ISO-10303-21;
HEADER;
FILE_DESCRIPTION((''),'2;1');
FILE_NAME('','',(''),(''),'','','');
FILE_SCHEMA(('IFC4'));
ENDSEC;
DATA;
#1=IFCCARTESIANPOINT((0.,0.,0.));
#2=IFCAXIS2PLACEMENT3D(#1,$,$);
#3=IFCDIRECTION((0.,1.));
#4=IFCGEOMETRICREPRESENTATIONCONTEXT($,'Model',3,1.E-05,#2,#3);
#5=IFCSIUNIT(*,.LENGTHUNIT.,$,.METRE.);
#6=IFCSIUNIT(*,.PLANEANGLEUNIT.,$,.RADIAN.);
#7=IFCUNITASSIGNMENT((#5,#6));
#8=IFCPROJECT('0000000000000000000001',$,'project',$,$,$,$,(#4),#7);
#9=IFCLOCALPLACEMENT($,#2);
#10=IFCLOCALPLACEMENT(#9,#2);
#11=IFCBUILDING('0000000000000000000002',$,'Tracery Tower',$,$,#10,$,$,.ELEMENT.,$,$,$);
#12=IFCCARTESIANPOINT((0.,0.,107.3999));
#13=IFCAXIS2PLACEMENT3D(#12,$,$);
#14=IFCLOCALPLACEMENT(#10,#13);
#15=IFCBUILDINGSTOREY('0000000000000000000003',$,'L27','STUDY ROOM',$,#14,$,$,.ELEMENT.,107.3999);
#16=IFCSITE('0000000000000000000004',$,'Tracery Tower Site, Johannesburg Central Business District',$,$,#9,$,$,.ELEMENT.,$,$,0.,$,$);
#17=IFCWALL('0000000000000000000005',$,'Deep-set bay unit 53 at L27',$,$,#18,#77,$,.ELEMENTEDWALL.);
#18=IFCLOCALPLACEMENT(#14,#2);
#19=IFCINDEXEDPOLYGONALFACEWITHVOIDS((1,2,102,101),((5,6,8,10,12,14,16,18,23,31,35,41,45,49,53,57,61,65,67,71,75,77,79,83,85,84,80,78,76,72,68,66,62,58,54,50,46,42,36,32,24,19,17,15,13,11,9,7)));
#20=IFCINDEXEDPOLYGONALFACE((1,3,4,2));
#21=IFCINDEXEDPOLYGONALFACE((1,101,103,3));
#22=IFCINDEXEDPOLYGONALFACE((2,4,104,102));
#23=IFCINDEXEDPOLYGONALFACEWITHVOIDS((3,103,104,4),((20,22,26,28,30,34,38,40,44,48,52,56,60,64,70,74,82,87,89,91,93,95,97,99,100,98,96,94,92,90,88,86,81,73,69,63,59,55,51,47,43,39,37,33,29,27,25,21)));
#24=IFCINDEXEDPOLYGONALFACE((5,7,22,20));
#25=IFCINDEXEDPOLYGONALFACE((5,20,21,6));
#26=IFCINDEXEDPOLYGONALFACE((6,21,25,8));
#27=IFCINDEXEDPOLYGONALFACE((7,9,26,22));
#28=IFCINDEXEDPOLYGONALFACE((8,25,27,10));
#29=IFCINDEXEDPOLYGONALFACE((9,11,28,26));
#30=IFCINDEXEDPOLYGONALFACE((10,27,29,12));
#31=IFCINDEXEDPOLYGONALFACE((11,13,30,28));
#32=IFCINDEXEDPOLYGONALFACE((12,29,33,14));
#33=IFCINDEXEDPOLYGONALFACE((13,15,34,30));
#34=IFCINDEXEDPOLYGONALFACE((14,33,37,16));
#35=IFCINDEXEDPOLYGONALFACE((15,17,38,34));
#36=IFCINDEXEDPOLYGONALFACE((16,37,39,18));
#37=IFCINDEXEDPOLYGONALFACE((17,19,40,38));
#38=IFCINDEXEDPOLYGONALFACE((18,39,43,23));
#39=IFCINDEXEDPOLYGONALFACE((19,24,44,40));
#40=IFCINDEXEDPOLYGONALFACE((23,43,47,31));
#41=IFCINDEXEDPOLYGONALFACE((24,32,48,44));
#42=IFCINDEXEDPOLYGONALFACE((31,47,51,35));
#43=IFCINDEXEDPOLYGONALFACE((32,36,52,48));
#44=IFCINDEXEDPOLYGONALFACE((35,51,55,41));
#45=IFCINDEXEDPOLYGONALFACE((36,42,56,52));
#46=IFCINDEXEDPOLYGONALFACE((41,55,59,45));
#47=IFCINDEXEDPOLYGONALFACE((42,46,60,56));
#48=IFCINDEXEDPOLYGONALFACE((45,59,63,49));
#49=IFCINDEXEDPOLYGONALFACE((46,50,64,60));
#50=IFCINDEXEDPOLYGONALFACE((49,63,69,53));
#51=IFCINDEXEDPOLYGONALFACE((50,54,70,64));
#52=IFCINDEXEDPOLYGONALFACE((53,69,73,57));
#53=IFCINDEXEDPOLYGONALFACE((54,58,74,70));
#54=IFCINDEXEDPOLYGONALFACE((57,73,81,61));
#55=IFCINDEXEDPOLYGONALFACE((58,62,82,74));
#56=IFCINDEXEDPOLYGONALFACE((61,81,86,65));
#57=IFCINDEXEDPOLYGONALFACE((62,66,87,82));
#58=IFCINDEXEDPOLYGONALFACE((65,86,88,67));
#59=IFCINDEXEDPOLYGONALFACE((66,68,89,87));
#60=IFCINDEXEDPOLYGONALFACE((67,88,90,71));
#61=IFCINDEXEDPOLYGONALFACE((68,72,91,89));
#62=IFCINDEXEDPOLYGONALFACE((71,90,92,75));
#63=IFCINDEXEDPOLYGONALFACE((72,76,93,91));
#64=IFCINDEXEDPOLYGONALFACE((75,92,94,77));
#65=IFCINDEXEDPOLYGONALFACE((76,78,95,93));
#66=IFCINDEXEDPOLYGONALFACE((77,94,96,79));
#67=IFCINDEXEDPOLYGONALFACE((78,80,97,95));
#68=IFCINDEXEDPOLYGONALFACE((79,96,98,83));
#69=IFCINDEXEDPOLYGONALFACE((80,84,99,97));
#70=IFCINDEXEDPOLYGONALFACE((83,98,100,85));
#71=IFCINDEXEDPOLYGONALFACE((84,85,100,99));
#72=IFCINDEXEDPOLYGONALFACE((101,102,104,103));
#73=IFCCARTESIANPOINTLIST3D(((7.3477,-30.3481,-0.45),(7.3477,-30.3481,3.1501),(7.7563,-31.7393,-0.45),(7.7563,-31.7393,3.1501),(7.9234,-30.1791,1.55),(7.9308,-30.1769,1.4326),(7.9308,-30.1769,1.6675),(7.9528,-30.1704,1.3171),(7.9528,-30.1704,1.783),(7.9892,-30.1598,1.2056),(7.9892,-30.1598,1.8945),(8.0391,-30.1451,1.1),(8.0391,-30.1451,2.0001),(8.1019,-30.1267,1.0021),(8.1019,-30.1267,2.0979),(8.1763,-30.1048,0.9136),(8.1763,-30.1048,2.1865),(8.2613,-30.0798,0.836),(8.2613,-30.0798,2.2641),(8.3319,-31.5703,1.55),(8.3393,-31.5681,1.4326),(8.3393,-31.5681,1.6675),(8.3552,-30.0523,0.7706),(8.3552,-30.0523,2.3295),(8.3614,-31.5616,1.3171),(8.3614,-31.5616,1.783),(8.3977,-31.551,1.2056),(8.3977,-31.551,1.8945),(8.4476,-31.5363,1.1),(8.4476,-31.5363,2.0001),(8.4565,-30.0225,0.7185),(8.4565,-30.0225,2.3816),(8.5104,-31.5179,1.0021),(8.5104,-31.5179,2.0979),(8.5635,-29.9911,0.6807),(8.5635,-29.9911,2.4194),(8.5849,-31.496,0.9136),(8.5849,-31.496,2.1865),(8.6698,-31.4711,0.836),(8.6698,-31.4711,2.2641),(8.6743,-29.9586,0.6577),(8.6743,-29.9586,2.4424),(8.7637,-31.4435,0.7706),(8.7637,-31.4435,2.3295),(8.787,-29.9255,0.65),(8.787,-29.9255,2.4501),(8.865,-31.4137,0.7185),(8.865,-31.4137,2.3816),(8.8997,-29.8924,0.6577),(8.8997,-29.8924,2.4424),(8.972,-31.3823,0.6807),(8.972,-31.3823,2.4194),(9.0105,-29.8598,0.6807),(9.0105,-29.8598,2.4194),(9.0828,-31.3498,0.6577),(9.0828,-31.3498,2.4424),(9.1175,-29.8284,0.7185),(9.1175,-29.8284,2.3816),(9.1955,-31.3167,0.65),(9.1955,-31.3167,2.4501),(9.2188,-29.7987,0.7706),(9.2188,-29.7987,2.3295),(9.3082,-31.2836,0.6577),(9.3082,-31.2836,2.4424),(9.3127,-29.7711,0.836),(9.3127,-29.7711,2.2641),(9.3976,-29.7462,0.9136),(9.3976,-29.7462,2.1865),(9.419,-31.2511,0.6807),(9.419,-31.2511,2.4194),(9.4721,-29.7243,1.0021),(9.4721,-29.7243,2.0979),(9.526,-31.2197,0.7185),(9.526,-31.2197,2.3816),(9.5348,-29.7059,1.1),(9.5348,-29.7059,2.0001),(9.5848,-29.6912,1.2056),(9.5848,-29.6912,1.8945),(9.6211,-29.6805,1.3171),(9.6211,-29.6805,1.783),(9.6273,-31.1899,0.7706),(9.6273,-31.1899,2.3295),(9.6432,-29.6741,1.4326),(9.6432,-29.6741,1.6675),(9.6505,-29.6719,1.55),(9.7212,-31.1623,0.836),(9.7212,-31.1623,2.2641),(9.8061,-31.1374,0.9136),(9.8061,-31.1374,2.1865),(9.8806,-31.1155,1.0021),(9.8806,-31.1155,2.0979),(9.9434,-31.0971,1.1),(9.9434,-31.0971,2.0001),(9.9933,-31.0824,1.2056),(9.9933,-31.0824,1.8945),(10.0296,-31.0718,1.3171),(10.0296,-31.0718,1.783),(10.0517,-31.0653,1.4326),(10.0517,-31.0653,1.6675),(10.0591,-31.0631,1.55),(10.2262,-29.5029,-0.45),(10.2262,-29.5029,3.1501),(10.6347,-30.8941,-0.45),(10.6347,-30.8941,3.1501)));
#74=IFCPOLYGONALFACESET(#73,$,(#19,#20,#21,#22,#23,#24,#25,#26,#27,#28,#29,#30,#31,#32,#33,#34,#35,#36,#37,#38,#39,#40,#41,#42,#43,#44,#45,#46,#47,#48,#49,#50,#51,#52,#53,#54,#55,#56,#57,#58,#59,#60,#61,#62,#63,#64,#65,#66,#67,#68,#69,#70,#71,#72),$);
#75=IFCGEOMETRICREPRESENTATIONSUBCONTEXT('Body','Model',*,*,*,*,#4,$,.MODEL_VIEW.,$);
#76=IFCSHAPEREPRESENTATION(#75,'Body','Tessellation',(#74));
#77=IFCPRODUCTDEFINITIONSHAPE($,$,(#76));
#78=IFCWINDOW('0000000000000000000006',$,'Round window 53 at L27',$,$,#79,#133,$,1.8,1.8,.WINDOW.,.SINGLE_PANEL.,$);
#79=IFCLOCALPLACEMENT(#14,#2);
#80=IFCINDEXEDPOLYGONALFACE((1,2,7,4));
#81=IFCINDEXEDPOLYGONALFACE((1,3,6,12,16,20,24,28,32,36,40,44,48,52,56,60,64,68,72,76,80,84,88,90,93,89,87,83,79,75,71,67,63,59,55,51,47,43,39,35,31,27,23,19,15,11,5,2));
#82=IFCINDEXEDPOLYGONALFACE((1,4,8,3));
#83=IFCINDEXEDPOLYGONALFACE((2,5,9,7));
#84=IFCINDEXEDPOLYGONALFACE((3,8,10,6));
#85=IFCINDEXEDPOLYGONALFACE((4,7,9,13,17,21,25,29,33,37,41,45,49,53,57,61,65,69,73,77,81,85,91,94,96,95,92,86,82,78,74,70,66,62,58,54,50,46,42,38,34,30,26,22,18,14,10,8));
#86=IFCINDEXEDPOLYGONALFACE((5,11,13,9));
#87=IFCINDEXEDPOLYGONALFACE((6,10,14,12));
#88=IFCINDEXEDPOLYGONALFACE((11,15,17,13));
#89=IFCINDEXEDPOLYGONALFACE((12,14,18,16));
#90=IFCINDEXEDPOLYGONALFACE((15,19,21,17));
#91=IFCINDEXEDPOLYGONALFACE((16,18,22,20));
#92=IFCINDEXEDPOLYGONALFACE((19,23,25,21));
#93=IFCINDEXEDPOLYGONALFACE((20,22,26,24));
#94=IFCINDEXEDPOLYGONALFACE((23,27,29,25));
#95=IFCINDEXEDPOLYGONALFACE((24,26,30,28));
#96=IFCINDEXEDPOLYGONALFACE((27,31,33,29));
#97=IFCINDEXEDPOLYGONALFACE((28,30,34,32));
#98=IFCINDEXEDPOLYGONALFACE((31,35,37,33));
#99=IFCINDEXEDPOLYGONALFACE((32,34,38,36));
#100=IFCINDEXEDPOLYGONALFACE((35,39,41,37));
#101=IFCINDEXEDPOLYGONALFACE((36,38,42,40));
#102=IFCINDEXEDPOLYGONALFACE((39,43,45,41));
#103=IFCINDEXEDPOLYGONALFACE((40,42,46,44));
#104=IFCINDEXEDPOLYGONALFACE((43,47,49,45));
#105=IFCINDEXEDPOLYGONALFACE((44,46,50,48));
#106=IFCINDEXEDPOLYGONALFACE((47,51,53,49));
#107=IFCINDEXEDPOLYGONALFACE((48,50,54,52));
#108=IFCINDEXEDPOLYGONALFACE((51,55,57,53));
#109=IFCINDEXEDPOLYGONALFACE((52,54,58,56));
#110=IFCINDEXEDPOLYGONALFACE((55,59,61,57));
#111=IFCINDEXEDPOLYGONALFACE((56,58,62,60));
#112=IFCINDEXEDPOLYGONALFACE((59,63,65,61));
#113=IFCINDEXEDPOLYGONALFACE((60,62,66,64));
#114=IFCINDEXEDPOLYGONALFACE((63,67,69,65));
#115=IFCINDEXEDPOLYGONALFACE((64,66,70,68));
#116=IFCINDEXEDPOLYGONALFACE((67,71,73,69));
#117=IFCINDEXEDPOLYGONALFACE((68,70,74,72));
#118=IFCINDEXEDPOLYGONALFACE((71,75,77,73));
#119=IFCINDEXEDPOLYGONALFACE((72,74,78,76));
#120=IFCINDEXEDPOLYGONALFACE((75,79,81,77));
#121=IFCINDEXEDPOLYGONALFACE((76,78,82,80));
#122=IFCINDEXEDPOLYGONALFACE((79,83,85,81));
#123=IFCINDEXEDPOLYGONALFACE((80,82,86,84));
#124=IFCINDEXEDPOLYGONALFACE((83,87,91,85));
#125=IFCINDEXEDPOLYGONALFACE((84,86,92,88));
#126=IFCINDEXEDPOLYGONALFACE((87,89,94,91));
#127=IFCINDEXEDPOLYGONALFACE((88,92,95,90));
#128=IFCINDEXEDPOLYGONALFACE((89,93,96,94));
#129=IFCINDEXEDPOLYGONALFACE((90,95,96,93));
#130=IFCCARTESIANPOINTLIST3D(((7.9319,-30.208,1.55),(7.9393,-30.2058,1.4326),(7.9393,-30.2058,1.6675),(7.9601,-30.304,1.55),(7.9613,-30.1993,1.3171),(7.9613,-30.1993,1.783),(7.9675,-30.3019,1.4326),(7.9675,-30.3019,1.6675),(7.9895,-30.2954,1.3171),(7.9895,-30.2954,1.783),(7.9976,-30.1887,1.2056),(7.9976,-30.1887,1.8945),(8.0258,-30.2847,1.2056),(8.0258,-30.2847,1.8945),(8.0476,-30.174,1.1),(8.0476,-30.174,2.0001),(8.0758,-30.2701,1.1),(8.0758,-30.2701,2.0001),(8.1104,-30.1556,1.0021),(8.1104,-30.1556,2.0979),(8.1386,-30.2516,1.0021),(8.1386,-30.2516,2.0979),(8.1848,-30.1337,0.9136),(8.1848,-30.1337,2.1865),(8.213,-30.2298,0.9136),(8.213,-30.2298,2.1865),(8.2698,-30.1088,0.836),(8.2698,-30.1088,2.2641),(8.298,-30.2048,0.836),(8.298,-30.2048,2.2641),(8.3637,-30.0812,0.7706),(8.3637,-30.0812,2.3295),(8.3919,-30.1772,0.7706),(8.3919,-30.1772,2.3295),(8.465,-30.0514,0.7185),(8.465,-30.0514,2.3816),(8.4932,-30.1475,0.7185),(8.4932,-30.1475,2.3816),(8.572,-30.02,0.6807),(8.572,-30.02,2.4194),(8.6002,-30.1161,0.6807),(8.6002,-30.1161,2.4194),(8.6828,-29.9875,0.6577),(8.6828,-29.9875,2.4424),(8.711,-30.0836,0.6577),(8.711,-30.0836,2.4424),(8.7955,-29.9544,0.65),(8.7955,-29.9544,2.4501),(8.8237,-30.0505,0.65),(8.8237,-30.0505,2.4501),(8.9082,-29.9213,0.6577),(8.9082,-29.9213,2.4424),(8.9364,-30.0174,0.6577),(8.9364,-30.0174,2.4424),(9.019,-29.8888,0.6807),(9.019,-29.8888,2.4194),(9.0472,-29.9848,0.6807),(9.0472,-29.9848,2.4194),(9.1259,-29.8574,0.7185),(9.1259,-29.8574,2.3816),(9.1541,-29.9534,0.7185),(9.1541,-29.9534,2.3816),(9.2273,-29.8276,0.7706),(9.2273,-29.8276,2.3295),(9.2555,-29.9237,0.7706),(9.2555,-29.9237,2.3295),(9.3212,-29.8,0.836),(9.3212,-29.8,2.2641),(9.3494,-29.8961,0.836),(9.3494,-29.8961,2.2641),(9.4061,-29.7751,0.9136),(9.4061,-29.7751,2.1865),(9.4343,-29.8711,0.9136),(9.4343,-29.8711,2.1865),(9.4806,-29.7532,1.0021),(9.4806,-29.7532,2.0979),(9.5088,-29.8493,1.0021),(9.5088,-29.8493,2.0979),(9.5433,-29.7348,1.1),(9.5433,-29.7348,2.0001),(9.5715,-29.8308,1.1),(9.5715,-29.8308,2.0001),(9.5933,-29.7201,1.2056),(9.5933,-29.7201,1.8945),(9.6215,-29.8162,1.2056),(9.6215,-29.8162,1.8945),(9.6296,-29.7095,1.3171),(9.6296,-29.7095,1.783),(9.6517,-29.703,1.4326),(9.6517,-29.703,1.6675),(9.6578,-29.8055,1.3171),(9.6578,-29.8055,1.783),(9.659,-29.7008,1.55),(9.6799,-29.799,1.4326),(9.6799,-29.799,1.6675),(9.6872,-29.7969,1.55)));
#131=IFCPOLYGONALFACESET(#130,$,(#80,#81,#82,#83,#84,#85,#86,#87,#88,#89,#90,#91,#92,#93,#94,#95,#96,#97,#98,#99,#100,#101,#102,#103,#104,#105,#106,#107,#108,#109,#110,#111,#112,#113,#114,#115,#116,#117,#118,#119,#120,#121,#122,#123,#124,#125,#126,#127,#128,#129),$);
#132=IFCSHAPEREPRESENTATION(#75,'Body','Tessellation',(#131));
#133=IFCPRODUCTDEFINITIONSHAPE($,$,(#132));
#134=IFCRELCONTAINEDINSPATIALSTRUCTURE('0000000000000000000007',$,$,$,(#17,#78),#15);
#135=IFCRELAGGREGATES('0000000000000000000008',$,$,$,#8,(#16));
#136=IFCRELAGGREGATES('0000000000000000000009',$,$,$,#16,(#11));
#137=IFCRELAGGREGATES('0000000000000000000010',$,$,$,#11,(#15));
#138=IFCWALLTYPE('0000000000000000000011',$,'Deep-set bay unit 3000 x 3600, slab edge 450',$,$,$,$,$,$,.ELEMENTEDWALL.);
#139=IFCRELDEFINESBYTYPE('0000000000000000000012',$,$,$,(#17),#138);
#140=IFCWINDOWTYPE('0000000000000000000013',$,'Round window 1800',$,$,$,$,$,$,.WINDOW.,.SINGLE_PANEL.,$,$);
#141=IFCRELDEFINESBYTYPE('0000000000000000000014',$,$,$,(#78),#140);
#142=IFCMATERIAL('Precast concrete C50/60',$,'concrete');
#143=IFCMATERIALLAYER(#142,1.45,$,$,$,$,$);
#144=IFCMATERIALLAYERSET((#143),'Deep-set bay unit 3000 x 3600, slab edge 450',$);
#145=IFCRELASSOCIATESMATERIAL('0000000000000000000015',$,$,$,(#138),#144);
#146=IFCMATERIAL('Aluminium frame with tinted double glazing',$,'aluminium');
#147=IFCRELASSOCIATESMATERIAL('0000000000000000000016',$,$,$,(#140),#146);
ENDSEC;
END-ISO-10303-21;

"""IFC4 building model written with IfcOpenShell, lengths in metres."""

from ifc_helpers import new_model, si_unit, direction, frame, frame_2d, origin, origin_2d, place, context, subcontext, project, spatial, rectangle, circle, extrude, material, layer, layer_set, type_object, element, fill, save


model = new_model("IFC4")

# Units and contexts
model_context = context("Model", 3, precision=1e-05, world=origin(), true_north=direction((0.0, 1.0)))
body_context = subcontext(model_context, "Body", "Model", "MODEL_VIEW")
ifc_project = project(units=[si_unit("LENGTHUNIT", "METRE"), si_unit("PLANEANGLEUNIT", "RADIAN")], contexts=[model_context])

# Site, building, storey
site_placement = place(None, origin())
site = spatial("IfcSite", under=ifc_project, at=site_placement, Name="Tracery Tower Site, Johannesburg Central Business District", CompositionType="ELEMENT", RefElevation=0.0)
building_placement = place(site_placement, origin())
building = spatial("IfcBuilding", under=site, at=building_placement, Name="Tracery Tower", CompositionType="ELEMENT")
storey_placement = place(building_placement, frame((0.0, 0.0, 107.3999)))
storey = spatial("IfcBuildingStorey", under=building, at=storey_placement, Name="L27", Description="STUDY ROOM", CompositionType="ELEMENT", Elevation=107.3999)

# Wall, opening, window
ifc_material_1 = material(Name="Precast concrete C50/60", Category="concrete")
ifc_layer_1 = layer(ifc_material_1, 1.45)
ifc_layer_set_1 = layer_set([ifc_layer_1], Name="Deep-set bay unit 3000 x 3600, slab edge 450")
wall_type_1 = type_object("IfcWallType", Name="Deep-set bay unit 3000 x 3600, slab edge 450", PredefinedType="ELEMENTEDWALL", material=ifc_layer_set_1)
wall_1_placement = place(storey_placement, frame((7.552, -31.0437, -0.45), z_axis=(0.0, 0.0, 1.0), x_axis=(0.95949, 0.281743, 0.0)))
wall_1 = element("IfcWall", 1, at=wall_1_placement, inside=storey, type_object=wall_type_1, Name="Deep-set bay unit 53 at L27", PredefinedType="ELEMENTEDWALL", context=body_context, shape_type="SweptSolid", body=[
    extrude(rectangle(XDim=3.0, YDim=1.45, at=frame_2d((1.5, 0.0))), origin(), (0.0, 0.0, 1.0), 3.6001),
])
opening_1_placement = place(wall_1_placement, frame((1.5, 0.0, 2.0)))
opening_1 = element("IfcOpeningElement", 2, at=opening_1_placement, cuts=wall_1, PredefinedType="OPENING", context=body_context, shape_type="SweptSolid", body=[
    extrude(circle(Radius=0.9, at=origin_2d()), frame((0.0, 0.7349, 0.0), z_axis=(0.0, -1.0, 0.0), x_axis=(1.0, 0.0, 0.0)), (0.0, 0.0, 1.0), 1.47),
])
ifc_material_2 = material(Name="Aluminium frame with tinted double glazing", Category="aluminium")
window_type = type_object("IfcWindowType", Name="Round window 1800", PartitioningType="SINGLE_PANEL", PredefinedType="WINDOW", material=ifc_material_2)
window_1_placement = place(opening_1_placement, origin())
window_1 = element("IfcWindow", 3, at=window_1_placement, inside=storey, type_object=window_type, Name="Round window 53 at L27", OverallHeight=1.8, OverallWidth=1.8, PartitioningType="SINGLE_PANEL", PredefinedType="WINDOW", context=body_context, shape_type="SweptSolid", body=[
    extrude(circle(Radius=0.9, at=origin_2d()), frame((0.0, 0.6948, 0.0), z_axis=(0.0, -1.0, 0.0), x_axis=(1.0, 0.0, 0.0)), (0.0, 0.0, 1.0), 0.1001),
])
fill(opening_1, window_1)

save(model, "model.ifc")
